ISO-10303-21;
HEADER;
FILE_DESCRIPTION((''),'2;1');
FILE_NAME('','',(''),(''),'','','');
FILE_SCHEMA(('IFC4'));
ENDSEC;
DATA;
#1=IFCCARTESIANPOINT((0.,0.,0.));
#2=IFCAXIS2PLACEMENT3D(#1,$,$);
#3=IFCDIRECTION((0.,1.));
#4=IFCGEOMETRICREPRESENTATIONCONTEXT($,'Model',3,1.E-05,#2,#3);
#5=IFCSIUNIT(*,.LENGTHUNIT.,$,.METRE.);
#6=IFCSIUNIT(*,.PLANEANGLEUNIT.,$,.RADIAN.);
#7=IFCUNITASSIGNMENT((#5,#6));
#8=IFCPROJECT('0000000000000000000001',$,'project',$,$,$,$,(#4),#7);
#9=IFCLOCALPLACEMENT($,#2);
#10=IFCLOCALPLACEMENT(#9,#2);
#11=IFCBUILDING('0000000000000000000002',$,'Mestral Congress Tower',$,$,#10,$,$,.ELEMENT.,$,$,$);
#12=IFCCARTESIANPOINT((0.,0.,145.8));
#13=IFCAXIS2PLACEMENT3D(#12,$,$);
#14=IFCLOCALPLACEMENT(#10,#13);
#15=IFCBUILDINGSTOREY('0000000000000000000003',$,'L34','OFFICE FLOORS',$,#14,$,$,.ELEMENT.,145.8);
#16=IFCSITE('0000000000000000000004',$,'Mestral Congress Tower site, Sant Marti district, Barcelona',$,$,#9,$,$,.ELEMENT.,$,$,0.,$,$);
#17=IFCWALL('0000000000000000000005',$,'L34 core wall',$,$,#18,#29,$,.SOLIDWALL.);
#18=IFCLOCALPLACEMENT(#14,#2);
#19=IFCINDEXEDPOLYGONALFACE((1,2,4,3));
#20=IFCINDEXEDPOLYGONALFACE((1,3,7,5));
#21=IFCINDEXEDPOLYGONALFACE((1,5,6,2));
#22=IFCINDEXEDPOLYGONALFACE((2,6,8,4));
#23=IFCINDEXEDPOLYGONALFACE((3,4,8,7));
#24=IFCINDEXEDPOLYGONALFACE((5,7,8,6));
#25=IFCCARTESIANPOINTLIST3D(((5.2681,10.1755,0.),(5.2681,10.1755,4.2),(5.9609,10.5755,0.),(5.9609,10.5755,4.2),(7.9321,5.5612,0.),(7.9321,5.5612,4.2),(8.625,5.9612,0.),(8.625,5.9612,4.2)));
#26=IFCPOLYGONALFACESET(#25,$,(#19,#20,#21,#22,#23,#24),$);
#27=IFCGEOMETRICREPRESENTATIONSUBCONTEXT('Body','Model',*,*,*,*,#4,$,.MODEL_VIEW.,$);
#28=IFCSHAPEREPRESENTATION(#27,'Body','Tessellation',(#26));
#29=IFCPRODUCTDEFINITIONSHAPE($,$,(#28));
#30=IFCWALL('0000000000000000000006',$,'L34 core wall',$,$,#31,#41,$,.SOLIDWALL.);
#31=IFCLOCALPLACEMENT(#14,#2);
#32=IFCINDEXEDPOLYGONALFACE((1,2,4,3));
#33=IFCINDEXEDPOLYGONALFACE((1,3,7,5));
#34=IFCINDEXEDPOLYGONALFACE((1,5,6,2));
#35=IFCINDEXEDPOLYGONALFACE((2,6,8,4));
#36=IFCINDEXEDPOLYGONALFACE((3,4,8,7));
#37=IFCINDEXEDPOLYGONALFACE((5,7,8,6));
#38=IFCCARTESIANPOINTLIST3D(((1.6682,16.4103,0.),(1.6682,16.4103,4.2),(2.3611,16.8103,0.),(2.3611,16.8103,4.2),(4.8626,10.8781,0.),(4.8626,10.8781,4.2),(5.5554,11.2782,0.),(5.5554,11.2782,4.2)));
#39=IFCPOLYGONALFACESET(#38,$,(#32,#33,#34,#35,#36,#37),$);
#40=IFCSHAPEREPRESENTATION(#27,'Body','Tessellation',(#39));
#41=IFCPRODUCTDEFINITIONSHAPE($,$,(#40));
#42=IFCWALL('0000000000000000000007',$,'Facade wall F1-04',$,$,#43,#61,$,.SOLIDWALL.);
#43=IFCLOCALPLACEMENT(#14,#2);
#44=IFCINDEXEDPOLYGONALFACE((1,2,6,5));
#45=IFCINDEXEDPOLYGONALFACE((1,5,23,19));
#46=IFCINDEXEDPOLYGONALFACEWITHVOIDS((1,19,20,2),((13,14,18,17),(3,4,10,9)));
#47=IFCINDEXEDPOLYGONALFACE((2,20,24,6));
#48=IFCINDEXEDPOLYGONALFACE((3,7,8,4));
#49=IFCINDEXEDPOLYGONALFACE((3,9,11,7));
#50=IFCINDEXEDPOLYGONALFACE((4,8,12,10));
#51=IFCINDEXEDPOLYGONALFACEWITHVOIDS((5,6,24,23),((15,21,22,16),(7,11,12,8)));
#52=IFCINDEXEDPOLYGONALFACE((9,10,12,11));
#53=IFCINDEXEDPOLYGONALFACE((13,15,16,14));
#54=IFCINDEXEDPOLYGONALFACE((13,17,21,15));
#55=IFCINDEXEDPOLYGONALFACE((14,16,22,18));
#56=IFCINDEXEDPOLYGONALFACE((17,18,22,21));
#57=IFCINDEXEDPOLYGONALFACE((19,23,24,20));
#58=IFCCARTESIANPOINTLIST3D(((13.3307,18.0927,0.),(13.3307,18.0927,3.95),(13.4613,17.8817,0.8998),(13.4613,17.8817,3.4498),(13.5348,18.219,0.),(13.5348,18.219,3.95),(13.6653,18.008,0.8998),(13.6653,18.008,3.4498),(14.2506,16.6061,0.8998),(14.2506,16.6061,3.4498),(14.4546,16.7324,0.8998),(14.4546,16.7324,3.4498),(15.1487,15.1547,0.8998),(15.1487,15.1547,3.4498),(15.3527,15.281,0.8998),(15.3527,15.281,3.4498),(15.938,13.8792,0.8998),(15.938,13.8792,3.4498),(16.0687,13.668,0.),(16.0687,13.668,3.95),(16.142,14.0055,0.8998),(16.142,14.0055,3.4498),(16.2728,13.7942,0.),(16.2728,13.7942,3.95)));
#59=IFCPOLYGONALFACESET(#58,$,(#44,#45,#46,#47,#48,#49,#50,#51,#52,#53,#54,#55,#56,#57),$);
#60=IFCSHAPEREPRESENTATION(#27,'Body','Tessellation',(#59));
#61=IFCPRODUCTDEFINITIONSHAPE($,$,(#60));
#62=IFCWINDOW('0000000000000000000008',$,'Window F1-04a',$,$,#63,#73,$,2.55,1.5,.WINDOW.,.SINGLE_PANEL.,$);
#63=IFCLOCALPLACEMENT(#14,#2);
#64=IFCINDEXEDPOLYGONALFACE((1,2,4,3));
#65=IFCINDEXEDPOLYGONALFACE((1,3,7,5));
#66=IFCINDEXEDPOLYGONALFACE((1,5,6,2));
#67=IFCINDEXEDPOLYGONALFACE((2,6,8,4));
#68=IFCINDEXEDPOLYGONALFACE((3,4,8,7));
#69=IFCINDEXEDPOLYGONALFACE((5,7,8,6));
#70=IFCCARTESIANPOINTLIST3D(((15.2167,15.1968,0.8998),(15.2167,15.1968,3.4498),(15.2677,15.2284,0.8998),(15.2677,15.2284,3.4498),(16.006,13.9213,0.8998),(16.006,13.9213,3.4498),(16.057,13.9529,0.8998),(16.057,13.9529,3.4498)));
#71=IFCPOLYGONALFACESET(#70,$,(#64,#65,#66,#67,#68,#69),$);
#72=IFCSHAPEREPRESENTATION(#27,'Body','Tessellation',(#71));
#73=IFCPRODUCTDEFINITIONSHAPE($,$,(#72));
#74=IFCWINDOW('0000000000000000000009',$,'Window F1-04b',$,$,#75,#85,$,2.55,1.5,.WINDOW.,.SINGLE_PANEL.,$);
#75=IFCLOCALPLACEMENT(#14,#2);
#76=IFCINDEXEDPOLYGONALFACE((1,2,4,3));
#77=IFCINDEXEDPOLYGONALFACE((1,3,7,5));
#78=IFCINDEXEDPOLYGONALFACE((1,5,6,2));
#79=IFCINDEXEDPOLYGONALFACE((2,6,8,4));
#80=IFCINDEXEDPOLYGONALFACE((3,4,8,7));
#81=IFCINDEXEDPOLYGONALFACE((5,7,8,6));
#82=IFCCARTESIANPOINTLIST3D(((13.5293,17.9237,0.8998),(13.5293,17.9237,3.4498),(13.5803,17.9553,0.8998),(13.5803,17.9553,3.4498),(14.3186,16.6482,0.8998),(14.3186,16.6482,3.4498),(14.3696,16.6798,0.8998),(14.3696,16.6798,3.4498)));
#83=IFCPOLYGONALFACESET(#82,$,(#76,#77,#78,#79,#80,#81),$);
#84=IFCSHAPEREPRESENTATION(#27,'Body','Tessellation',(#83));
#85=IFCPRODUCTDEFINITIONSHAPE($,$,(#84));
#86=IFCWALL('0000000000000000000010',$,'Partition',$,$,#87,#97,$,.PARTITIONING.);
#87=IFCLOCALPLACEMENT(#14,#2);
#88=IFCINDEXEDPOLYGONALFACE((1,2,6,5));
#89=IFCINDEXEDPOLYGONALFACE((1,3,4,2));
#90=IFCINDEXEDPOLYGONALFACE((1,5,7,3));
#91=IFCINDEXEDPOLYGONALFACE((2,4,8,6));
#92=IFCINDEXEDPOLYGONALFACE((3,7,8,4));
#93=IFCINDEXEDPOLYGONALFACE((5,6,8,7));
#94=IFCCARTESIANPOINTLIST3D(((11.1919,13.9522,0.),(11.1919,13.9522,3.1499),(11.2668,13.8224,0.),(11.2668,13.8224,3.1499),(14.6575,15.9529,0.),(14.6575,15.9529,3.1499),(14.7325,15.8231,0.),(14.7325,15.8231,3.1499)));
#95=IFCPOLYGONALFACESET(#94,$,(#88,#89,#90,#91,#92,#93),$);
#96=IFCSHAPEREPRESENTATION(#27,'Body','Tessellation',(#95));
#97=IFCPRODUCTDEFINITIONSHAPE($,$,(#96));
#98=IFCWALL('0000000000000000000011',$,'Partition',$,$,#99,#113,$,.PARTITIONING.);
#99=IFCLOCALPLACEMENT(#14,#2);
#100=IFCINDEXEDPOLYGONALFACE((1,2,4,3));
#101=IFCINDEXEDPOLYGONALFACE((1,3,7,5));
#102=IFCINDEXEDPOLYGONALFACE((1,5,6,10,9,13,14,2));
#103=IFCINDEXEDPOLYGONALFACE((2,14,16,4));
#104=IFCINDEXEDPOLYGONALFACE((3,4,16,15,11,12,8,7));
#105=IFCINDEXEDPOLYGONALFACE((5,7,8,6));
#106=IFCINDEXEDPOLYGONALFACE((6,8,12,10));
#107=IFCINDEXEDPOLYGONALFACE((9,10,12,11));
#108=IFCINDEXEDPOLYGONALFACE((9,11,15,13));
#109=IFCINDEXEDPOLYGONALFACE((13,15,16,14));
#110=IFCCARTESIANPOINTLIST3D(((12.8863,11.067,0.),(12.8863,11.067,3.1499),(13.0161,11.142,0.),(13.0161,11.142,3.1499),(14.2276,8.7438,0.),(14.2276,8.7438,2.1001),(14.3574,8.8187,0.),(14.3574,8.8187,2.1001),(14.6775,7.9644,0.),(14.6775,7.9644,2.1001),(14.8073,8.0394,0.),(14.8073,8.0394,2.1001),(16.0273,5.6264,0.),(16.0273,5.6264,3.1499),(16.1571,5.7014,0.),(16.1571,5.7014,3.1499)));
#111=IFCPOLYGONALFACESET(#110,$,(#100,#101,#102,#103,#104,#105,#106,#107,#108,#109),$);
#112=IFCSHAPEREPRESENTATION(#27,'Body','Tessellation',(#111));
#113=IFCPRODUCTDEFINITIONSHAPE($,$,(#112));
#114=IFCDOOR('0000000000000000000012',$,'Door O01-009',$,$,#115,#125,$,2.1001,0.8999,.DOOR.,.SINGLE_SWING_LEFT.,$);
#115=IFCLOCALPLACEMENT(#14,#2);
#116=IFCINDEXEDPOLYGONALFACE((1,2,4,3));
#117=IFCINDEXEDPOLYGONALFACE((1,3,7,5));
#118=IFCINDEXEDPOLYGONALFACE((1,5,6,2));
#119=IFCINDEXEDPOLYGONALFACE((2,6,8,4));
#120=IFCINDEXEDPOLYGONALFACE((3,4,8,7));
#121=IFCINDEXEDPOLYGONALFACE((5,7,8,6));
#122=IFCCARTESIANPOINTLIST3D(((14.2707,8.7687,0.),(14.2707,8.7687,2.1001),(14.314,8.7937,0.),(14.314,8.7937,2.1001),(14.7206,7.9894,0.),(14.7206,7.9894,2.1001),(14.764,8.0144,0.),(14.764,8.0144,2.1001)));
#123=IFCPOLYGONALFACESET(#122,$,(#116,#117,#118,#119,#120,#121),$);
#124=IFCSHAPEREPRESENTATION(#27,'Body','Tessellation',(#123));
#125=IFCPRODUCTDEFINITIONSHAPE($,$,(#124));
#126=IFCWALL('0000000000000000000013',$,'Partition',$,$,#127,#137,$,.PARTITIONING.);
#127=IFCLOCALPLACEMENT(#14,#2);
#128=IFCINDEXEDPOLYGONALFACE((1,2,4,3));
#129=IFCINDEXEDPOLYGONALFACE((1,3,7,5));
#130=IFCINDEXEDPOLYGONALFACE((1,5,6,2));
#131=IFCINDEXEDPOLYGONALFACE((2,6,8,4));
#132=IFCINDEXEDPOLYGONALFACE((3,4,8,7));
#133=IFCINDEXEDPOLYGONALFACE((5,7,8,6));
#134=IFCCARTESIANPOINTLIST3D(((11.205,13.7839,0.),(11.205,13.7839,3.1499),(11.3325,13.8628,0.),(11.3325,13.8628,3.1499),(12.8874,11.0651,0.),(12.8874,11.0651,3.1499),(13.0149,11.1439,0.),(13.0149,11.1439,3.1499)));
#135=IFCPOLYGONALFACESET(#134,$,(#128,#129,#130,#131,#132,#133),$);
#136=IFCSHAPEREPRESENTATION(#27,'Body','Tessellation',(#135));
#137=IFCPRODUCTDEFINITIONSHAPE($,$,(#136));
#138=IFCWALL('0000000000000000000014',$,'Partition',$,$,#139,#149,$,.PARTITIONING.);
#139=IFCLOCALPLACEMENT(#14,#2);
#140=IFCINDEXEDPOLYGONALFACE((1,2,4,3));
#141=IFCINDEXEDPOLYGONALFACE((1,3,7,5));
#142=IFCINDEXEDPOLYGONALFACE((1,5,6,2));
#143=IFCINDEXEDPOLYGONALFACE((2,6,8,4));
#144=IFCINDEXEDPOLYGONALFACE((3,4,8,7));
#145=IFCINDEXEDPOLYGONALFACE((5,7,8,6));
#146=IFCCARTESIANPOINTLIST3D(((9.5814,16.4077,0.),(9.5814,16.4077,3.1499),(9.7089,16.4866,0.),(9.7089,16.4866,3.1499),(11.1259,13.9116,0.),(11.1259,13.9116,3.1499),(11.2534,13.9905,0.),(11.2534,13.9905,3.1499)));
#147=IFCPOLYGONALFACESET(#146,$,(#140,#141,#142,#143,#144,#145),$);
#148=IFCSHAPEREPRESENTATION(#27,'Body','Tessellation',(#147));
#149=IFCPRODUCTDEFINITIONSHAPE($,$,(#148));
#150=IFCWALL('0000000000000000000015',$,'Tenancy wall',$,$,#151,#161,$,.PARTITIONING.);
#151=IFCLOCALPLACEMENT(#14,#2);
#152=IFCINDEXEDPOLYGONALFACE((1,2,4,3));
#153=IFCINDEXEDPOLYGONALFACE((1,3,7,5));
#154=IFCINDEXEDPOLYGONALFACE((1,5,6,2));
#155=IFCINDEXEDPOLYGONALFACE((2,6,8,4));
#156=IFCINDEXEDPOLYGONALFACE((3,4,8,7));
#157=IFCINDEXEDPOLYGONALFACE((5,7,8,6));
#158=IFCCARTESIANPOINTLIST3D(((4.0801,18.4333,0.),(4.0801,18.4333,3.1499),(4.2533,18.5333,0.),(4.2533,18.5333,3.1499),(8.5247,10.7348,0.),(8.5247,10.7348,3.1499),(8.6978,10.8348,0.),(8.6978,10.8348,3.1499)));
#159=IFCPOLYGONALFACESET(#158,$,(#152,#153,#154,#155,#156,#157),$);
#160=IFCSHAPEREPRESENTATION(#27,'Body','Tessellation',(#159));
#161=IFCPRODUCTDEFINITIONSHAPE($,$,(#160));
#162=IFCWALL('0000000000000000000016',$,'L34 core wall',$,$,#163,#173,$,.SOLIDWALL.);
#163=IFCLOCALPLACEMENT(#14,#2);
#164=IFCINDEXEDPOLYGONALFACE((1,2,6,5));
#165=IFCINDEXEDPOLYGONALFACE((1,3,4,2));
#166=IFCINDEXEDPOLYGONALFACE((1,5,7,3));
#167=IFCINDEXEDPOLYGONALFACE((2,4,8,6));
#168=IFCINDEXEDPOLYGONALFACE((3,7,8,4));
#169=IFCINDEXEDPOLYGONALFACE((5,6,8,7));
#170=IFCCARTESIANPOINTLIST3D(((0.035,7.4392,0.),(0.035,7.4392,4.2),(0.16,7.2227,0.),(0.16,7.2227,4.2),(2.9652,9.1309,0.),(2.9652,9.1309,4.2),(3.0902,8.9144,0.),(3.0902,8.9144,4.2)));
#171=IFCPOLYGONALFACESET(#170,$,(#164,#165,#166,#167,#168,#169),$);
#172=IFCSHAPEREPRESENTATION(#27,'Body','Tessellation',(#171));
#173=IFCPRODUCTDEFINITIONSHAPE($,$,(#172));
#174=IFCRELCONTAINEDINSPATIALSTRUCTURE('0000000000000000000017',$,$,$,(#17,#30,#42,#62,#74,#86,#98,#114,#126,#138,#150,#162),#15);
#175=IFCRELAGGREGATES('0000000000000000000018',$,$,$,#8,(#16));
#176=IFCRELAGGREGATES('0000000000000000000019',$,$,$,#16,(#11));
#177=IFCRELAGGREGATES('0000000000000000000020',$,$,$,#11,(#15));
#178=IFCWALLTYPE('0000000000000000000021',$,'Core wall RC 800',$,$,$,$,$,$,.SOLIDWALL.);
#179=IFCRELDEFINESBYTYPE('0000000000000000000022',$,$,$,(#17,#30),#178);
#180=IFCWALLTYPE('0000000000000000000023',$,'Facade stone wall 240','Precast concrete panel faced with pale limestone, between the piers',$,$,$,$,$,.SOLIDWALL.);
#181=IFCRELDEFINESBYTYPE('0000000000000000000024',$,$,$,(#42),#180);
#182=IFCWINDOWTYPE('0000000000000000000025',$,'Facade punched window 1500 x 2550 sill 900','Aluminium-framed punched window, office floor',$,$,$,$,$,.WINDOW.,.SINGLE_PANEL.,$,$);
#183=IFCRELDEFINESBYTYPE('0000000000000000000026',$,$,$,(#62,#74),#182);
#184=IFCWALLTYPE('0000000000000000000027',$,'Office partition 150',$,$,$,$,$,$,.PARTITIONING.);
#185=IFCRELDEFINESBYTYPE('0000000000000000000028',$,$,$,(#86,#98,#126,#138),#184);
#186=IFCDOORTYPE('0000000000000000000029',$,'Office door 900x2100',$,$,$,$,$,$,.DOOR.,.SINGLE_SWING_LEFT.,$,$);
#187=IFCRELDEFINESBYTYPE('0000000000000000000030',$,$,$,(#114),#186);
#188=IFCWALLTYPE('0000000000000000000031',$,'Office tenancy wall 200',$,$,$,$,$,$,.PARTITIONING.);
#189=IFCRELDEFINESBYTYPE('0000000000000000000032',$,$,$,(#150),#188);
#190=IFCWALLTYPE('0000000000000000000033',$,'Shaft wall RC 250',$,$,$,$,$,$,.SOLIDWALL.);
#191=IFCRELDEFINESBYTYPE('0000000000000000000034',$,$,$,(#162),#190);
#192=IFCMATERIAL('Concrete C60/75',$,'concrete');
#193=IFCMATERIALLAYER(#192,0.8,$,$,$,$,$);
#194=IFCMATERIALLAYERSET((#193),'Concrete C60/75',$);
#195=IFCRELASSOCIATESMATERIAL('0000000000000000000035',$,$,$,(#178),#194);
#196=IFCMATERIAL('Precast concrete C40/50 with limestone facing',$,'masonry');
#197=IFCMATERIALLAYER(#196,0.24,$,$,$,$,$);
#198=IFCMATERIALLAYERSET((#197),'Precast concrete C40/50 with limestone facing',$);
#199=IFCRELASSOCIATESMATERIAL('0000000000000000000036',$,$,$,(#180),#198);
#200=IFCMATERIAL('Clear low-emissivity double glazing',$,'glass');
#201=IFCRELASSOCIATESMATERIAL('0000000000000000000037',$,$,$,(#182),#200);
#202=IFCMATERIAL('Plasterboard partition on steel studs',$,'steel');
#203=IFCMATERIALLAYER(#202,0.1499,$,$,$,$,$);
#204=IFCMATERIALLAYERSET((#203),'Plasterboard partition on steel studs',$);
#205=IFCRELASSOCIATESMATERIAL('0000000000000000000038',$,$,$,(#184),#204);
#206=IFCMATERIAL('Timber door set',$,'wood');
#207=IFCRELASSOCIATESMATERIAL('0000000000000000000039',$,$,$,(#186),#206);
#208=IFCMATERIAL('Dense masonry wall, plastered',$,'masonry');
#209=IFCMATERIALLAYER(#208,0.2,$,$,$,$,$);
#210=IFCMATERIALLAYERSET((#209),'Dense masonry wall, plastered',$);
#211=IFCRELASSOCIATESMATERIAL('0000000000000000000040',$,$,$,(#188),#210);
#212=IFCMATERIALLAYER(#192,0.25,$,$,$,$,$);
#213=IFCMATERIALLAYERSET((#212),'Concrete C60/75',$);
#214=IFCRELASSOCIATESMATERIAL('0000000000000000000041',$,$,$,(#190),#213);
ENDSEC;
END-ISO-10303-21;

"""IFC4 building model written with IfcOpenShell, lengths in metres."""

from ifc_helpers import new_model, si_unit, direction, frame, frame_2d, origin, place, context, subcontext, project, spatial, rectangle, extrude, material, layer, layer_set, type_object, element, fill, save


model = new_model("IFC4")

# Units and contexts
model_context = context("Model", 3, precision=1e-05, world=origin(), true_north=direction((0.0, 1.0)))
body_context = subcontext(model_context, "Body", "Model", "MODEL_VIEW")
ifc_project = project(units=[si_unit("LENGTHUNIT", "METRE"), si_unit("PLANEANGLEUNIT", "RADIAN")], contexts=[model_context])

# Site, building, storey
site_placement = place(None, origin())
site = spatial("IfcSite", under=ifc_project, at=site_placement, Name="Mestral Congress Tower site, Sant Marti district, Barcelona", CompositionType="ELEMENT", RefElevation=0.0)
building_placement = place(site_placement, origin())
building = spatial("IfcBuilding", under=site, at=building_placement, Name="Mestral Congress Tower", CompositionType="ELEMENT")
storey_placement = place(building_placement, frame((0.0, 0.0, 145.8)))
storey = spatial("IfcBuildingStorey", under=building, at=storey_placement, Name="L34", Description="OFFICE FLOORS", CompositionType="ELEMENT", Elevation=145.8)

# Shared definitions
ifc_material_1 = material(Name="Concrete C60/75", Category="concrete")

# Walls
ifc_layer_1 = layer(ifc_material_1, 0.8)
ifc_layer_set_1 = layer_set([ifc_layer_1], Name="Concrete C60/75")
wall_type_1 = type_object("IfcWallType", Name="Core wall RC 800", PredefinedType="SOLIDWALL", material=ifc_layer_set_1)
wall_1_placement = place(storey_placement, frame((5.6145, 10.3755, 0.0), z_axis=(0.0, 0.0, 1.0), x_axis=(0.500003, -0.866024, 0.0)))
element("IfcWall", 1, at=wall_1_placement, inside=storey, type_object=wall_type_1, Name="L34 core wall", PredefinedType="SOLIDWALL", context=body_context, shape_type="SweptSolid", body=[
    extrude(rectangle(XDim=5.3281, YDim=0.8, at=frame_2d((2.6641, 0.0))), origin(), (0.0, 0.0, 1.0), 4.2),
])
wall_2_placement = place(storey_placement, frame((5.209, 11.0781, 0.0), z_axis=(0.0, 0.0, 1.0), x_axis=(-0.500036, 0.866005, 0.0)))
element("IfcWall", 2, at=wall_2_placement, inside=storey, type_object=wall_type_1, Name="L34 core wall", PredefinedType="SOLIDWALL", context=body_context, shape_type="SweptSolid", body=[
    extrude(rectangle(XDim=6.3882, YDim=0.8, at=frame_2d((3.1941, 0.0))), origin(), (0.0, 0.0, 1.0), 4.2),
])

# Wall, openings, windows
ifc_material_2 = material(Name="Precast concrete C40/50 with limestone facing", Category="masonry")
ifc_layer_2 = layer(ifc_material_2, 0.24)
ifc_layer_set_2 = layer_set([ifc_layer_2], Name="Precast concrete C40/50 with limestone facing")
wall_type_2 = type_object("IfcWallType", Name="Facade stone wall 240", Description="Precast concrete panel faced with pale limestone, between the piers", PredefinedType="SOLIDWALL", material=ifc_layer_set_2)
wall_3_placement = place(storey_placement, frame((16.1707, 13.7312, 0.0), z_axis=(0.0, 0.0, 1.0), x_axis=(-0.526198, 0.850362, 0.0)))
wall_3 = element("IfcWall", 3, at=wall_3_placement, inside=storey, type_object=wall_type_2, Name="Facade wall F1-04", PredefinedType="SOLIDWALL", context=body_context, shape_type="SweptSolid", body=[
    extrude(rectangle(XDim=5.2034, YDim=0.24, at=frame_2d((2.6016, 0.0))), origin(), (0.0, 0.0, 1.0), 3.95),
])
opening_1_placement = place(wall_3_placement, frame((0.2483, 0.0, 0.8999)))
opening_1 = element("IfcOpeningElement", 4, at=opening_1_placement, cuts=wall_3, PredefinedType="OPENING", context=body_context, shape_type="SweptSolid", body=[
    extrude(rectangle(XDim=1.5, YDim=2.55, at=frame_2d((0.75, 1.2749))), frame((0.0, 0.1299, 0.0), z_axis=(0.0, -1.0, 0.0), x_axis=(1.0, 0.0, 0.0)), (0.0, 0.0, 1.0), 0.26),
])
opening_2_placement = place(wall_3_placement, frame((3.4551, 0.0, 0.8999)))
opening_2 = element("IfcOpeningElement", 5, at=opening_2_placement, cuts=wall_3, PredefinedType="OPENING", context=body_context, shape_type="SweptSolid", body=[
    extrude(rectangle(XDim=1.5, YDim=2.55, at=frame_2d((0.75, 1.2749))), frame((0.0, 0.1299, 0.0), z_axis=(0.0, -1.0, 0.0), x_axis=(1.0, 0.0, 0.0)), (0.0, 0.0, 1.0), 0.26),
])
ifc_material_3 = material(Name="Clear low-emissivity double glazing", Category="glass")
window_type = type_object("IfcWindowType", Name="Facade punched window 1500 x 2550 sill 900", Description="Aluminium-framed punched window, office floor", PartitioningType="SINGLE_PANEL", PredefinedType="WINDOW", material=ifc_material_3)
window_1_placement = place(opening_1_placement, origin())
window_1 = element("IfcWindow", 6, at=window_1_placement, inside=storey, type_object=window_type, Name="Window F1-04a", OverallHeight=2.55, OverallWidth=1.5, PartitioningType="SINGLE_PANEL", PredefinedType="WINDOW", context=body_context, shape_type="SweptSolid", body=[
    extrude(rectangle(XDim=1.5, YDim=2.55, at=frame_2d((0.75, 1.2749))), frame((0.0, 0.04, 0.0), z_axis=(0.0, -1.0, 0.0), x_axis=(1.0, 0.0, 0.0)), (0.0, 0.0, 1.0), 0.0601),
])
fill(opening_1, window_1)
window_2_placement = place(opening_2_placement, origin())
window_2 = element("IfcWindow", 7, at=window_2_placement, inside=storey, type_object=window_type, Name="Window F1-04b", OverallHeight=2.55, OverallWidth=1.5, PartitioningType="SINGLE_PANEL", PredefinedType="WINDOW", context=body_context, shape_type="SweptSolid", body=[
    extrude(rectangle(XDim=1.5, YDim=2.55, at=frame_2d((0.75, 1.2749))), frame((0.0, 0.04, 0.0), z_axis=(0.0, -1.0, 0.0), x_axis=(1.0, 0.0, 0.0)), (0.0, 0.0, 1.0), 0.0601),
])
fill(opening_2, window_2)

# Wall
ifc_material_4 = material(Name="Plasterboard partition on steel studs", Category="steel")
ifc_layer_3 = layer(ifc_material_4, 0.1499)
ifc_layer_set_3 = layer_set([ifc_layer_3], Name="Plasterboard partition on steel studs")
wall_type_3 = type_object("IfcWallType", Name="Office partition 150", PredefinedType="PARTITIONING", material=ifc_layer_set_3)
wall_4_placement = place(storey_placement, frame((11.2292, 13.8872, 0.0), z_axis=(0.0, 0.0, 1.0), x_axis=(0.866038, 0.499978, 0.0)))
element("IfcWall", 8, at=wall_4_placement, inside=storey, type_object=wall_type_3, Name="Partition", PredefinedType="PARTITIONING", context=body_context, shape_type="SweptSolid", body=[
    extrude(rectangle(XDim=4.0017, YDim=0.1499, at=frame_2d((2.001, 0.0))), origin(), (0.0, 0.0, 1.0), 3.1499),
])

# Wall, opening, door
wall_5_placement = place(storey_placement, frame((12.9512, 11.1045, 0.0), z_axis=(0.0, 0.0, 1.0), x_axis=(0.499993, -0.86603, 0.0)))
wall_5 = element("IfcWall", 9, at=wall_5_placement, inside=storey, type_object=wall_type_3, Name="Partition", PredefinedType="PARTITIONING", context=body_context, shape_type="SweptSolid", body=[
    extrude(rectangle(XDim=6.2822, YDim=0.1499, at=frame_2d((3.1411, 0.0))), origin(), (0.0, 0.0, 1.0), 3.1499),
])
opening_3_placement = place(wall_5_placement, frame((2.6826, 0.0, 0.0)))
opening_3 = element("IfcOpeningElement", 10, at=opening_3_placement, cuts=wall_5, PredefinedType="OPENING", context=body_context, shape_type="SweptSolid", body=[
    extrude(rectangle(XDim=0.8999, YDim=2.1001, at=frame_2d((0.45, 1.05))), frame((0.0, 0.085, 0.0), z_axis=(0.0, -1.0, 0.0), x_axis=(1.0, 0.0, 0.0)), (0.0, 0.0, 1.0), 0.1699),
])
ifc_material_5 = material(Name="Timber door set", Category="wood")
door_type_1 = type_object("IfcDoorType", Name="Office door 900x2100", OperationType="SINGLE_SWING_LEFT", PredefinedType="DOOR", material=ifc_material_5)
door_1_placement = place(opening_3_placement, origin())
door_1 = element("IfcDoor", 11, at=door_1_placement, inside=storey, type_object=door_type_1, Name="Door O01-009", OperationType="SINGLE_SWING_LEFT", OverallHeight=2.1001, OverallWidth=0.8999, PredefinedType="DOOR", context=body_context, shape_type="SweptSolid", body=[
    extrude(rectangle(XDim=0.8999, YDim=2.1001, at=frame_2d((0.45, 1.05))), frame((0.0, 0.0249, 0.0), z_axis=(0.0, -1.0, 0.0), x_axis=(1.0, 0.0, 0.0)), (0.0, 0.0, 1.0), 0.05),
])
fill(opening_3, door_1)

# Walls
wall_6_placement = place(storey_placement, frame((12.9512, 11.1045, 0.0), z_axis=(0.0, 0.0, 1.0), x_axis=(-0.526205, 0.850358, 0.0)))
element("IfcWall", 12, at=wall_6_placement, inside=storey, type_object=wall_type_3, Name="Partition", PredefinedType="PARTITIONING", context=body_context, shape_type="SweptSolid", body=[
    extrude(rectangle(XDim=3.1973, YDim=0.1499, at=frame_2d((1.5986, 0.0))), origin(), (0.0, 0.0, 1.0), 3.1499),
])
wall_7_placement = place(storey_placement, frame((11.1897, 13.9509, 0.0), z_axis=(0.0, 0.0, 1.0), x_axis=(-0.526166, 0.850382, 0.0)))
element("IfcWall", 13, at=wall_7_placement, inside=storey, type_object=wall_type_3, Name="Partition", PredefinedType="PARTITIONING", context=body_context, shape_type="SweptSolid", body=[
    extrude(rectangle(XDim=2.9353, YDim=0.1499, at=frame_2d((1.4678, 0.0))), origin(), (0.0, 0.0, 1.0), 3.1499),
])
ifc_material_6 = material(Name="Dense masonry wall, plastered", Category="masonry")
ifc_layer_4 = layer(ifc_material_6, 0.2)
ifc_layer_set_4 = layer_set([ifc_layer_4], Name="Dense masonry wall, plastered")
wall_type_4 = type_object("IfcWallType", Name="Office tenancy wall 200", PredefinedType="PARTITIONING", material=ifc_layer_set_4)
wall_8_placement = place(storey_placement, frame((8.6113, 10.7847, 0.0), z_axis=(0.0, 0.0, 1.0), x_axis=(-0.499988, 0.866032, 0.0)))
element("IfcWall", 14, at=wall_8_placement, inside=storey, type_object=wall_type_4, Name="Tenancy wall", PredefinedType="PARTITIONING", context=body_context, shape_type="SweptSolid", body=[
    extrude(rectangle(XDim=8.8894, YDim=0.2, at=frame_2d((4.4448, 0.0))), origin(), (0.0, 0.0, 1.0), 3.1499),
])
ifc_layer_5 = layer(ifc_material_1, 0.25)
ifc_layer_set_5 = layer_set([ifc_layer_5], Name="Concrete C60/75")
wall_type_5 = type_object("IfcWallType", Name="Shaft wall RC 250", PredefinedType="SOLIDWALL", material=ifc_layer_set_5)
wall_9_placement = place(storey_placement, frame((3.0278, 9.0227, 0.0), z_axis=(0.0, 0.0, 1.0), x_axis=(-0.866037, -0.499981, 0.0)))
element("IfcWall", 15, at=wall_9_placement, inside=storey, type_object=wall_type_5, Name="L34 core wall", PredefinedType="SOLIDWALL", context=body_context, shape_type="SweptSolid", body=[
    extrude(rectangle(XDim=3.3835, YDim=0.25, at=frame_2d((1.6919, 0.0))), origin(), (0.0, 0.0, 1.0), 4.2),
])

save(model, "model.ifc")
